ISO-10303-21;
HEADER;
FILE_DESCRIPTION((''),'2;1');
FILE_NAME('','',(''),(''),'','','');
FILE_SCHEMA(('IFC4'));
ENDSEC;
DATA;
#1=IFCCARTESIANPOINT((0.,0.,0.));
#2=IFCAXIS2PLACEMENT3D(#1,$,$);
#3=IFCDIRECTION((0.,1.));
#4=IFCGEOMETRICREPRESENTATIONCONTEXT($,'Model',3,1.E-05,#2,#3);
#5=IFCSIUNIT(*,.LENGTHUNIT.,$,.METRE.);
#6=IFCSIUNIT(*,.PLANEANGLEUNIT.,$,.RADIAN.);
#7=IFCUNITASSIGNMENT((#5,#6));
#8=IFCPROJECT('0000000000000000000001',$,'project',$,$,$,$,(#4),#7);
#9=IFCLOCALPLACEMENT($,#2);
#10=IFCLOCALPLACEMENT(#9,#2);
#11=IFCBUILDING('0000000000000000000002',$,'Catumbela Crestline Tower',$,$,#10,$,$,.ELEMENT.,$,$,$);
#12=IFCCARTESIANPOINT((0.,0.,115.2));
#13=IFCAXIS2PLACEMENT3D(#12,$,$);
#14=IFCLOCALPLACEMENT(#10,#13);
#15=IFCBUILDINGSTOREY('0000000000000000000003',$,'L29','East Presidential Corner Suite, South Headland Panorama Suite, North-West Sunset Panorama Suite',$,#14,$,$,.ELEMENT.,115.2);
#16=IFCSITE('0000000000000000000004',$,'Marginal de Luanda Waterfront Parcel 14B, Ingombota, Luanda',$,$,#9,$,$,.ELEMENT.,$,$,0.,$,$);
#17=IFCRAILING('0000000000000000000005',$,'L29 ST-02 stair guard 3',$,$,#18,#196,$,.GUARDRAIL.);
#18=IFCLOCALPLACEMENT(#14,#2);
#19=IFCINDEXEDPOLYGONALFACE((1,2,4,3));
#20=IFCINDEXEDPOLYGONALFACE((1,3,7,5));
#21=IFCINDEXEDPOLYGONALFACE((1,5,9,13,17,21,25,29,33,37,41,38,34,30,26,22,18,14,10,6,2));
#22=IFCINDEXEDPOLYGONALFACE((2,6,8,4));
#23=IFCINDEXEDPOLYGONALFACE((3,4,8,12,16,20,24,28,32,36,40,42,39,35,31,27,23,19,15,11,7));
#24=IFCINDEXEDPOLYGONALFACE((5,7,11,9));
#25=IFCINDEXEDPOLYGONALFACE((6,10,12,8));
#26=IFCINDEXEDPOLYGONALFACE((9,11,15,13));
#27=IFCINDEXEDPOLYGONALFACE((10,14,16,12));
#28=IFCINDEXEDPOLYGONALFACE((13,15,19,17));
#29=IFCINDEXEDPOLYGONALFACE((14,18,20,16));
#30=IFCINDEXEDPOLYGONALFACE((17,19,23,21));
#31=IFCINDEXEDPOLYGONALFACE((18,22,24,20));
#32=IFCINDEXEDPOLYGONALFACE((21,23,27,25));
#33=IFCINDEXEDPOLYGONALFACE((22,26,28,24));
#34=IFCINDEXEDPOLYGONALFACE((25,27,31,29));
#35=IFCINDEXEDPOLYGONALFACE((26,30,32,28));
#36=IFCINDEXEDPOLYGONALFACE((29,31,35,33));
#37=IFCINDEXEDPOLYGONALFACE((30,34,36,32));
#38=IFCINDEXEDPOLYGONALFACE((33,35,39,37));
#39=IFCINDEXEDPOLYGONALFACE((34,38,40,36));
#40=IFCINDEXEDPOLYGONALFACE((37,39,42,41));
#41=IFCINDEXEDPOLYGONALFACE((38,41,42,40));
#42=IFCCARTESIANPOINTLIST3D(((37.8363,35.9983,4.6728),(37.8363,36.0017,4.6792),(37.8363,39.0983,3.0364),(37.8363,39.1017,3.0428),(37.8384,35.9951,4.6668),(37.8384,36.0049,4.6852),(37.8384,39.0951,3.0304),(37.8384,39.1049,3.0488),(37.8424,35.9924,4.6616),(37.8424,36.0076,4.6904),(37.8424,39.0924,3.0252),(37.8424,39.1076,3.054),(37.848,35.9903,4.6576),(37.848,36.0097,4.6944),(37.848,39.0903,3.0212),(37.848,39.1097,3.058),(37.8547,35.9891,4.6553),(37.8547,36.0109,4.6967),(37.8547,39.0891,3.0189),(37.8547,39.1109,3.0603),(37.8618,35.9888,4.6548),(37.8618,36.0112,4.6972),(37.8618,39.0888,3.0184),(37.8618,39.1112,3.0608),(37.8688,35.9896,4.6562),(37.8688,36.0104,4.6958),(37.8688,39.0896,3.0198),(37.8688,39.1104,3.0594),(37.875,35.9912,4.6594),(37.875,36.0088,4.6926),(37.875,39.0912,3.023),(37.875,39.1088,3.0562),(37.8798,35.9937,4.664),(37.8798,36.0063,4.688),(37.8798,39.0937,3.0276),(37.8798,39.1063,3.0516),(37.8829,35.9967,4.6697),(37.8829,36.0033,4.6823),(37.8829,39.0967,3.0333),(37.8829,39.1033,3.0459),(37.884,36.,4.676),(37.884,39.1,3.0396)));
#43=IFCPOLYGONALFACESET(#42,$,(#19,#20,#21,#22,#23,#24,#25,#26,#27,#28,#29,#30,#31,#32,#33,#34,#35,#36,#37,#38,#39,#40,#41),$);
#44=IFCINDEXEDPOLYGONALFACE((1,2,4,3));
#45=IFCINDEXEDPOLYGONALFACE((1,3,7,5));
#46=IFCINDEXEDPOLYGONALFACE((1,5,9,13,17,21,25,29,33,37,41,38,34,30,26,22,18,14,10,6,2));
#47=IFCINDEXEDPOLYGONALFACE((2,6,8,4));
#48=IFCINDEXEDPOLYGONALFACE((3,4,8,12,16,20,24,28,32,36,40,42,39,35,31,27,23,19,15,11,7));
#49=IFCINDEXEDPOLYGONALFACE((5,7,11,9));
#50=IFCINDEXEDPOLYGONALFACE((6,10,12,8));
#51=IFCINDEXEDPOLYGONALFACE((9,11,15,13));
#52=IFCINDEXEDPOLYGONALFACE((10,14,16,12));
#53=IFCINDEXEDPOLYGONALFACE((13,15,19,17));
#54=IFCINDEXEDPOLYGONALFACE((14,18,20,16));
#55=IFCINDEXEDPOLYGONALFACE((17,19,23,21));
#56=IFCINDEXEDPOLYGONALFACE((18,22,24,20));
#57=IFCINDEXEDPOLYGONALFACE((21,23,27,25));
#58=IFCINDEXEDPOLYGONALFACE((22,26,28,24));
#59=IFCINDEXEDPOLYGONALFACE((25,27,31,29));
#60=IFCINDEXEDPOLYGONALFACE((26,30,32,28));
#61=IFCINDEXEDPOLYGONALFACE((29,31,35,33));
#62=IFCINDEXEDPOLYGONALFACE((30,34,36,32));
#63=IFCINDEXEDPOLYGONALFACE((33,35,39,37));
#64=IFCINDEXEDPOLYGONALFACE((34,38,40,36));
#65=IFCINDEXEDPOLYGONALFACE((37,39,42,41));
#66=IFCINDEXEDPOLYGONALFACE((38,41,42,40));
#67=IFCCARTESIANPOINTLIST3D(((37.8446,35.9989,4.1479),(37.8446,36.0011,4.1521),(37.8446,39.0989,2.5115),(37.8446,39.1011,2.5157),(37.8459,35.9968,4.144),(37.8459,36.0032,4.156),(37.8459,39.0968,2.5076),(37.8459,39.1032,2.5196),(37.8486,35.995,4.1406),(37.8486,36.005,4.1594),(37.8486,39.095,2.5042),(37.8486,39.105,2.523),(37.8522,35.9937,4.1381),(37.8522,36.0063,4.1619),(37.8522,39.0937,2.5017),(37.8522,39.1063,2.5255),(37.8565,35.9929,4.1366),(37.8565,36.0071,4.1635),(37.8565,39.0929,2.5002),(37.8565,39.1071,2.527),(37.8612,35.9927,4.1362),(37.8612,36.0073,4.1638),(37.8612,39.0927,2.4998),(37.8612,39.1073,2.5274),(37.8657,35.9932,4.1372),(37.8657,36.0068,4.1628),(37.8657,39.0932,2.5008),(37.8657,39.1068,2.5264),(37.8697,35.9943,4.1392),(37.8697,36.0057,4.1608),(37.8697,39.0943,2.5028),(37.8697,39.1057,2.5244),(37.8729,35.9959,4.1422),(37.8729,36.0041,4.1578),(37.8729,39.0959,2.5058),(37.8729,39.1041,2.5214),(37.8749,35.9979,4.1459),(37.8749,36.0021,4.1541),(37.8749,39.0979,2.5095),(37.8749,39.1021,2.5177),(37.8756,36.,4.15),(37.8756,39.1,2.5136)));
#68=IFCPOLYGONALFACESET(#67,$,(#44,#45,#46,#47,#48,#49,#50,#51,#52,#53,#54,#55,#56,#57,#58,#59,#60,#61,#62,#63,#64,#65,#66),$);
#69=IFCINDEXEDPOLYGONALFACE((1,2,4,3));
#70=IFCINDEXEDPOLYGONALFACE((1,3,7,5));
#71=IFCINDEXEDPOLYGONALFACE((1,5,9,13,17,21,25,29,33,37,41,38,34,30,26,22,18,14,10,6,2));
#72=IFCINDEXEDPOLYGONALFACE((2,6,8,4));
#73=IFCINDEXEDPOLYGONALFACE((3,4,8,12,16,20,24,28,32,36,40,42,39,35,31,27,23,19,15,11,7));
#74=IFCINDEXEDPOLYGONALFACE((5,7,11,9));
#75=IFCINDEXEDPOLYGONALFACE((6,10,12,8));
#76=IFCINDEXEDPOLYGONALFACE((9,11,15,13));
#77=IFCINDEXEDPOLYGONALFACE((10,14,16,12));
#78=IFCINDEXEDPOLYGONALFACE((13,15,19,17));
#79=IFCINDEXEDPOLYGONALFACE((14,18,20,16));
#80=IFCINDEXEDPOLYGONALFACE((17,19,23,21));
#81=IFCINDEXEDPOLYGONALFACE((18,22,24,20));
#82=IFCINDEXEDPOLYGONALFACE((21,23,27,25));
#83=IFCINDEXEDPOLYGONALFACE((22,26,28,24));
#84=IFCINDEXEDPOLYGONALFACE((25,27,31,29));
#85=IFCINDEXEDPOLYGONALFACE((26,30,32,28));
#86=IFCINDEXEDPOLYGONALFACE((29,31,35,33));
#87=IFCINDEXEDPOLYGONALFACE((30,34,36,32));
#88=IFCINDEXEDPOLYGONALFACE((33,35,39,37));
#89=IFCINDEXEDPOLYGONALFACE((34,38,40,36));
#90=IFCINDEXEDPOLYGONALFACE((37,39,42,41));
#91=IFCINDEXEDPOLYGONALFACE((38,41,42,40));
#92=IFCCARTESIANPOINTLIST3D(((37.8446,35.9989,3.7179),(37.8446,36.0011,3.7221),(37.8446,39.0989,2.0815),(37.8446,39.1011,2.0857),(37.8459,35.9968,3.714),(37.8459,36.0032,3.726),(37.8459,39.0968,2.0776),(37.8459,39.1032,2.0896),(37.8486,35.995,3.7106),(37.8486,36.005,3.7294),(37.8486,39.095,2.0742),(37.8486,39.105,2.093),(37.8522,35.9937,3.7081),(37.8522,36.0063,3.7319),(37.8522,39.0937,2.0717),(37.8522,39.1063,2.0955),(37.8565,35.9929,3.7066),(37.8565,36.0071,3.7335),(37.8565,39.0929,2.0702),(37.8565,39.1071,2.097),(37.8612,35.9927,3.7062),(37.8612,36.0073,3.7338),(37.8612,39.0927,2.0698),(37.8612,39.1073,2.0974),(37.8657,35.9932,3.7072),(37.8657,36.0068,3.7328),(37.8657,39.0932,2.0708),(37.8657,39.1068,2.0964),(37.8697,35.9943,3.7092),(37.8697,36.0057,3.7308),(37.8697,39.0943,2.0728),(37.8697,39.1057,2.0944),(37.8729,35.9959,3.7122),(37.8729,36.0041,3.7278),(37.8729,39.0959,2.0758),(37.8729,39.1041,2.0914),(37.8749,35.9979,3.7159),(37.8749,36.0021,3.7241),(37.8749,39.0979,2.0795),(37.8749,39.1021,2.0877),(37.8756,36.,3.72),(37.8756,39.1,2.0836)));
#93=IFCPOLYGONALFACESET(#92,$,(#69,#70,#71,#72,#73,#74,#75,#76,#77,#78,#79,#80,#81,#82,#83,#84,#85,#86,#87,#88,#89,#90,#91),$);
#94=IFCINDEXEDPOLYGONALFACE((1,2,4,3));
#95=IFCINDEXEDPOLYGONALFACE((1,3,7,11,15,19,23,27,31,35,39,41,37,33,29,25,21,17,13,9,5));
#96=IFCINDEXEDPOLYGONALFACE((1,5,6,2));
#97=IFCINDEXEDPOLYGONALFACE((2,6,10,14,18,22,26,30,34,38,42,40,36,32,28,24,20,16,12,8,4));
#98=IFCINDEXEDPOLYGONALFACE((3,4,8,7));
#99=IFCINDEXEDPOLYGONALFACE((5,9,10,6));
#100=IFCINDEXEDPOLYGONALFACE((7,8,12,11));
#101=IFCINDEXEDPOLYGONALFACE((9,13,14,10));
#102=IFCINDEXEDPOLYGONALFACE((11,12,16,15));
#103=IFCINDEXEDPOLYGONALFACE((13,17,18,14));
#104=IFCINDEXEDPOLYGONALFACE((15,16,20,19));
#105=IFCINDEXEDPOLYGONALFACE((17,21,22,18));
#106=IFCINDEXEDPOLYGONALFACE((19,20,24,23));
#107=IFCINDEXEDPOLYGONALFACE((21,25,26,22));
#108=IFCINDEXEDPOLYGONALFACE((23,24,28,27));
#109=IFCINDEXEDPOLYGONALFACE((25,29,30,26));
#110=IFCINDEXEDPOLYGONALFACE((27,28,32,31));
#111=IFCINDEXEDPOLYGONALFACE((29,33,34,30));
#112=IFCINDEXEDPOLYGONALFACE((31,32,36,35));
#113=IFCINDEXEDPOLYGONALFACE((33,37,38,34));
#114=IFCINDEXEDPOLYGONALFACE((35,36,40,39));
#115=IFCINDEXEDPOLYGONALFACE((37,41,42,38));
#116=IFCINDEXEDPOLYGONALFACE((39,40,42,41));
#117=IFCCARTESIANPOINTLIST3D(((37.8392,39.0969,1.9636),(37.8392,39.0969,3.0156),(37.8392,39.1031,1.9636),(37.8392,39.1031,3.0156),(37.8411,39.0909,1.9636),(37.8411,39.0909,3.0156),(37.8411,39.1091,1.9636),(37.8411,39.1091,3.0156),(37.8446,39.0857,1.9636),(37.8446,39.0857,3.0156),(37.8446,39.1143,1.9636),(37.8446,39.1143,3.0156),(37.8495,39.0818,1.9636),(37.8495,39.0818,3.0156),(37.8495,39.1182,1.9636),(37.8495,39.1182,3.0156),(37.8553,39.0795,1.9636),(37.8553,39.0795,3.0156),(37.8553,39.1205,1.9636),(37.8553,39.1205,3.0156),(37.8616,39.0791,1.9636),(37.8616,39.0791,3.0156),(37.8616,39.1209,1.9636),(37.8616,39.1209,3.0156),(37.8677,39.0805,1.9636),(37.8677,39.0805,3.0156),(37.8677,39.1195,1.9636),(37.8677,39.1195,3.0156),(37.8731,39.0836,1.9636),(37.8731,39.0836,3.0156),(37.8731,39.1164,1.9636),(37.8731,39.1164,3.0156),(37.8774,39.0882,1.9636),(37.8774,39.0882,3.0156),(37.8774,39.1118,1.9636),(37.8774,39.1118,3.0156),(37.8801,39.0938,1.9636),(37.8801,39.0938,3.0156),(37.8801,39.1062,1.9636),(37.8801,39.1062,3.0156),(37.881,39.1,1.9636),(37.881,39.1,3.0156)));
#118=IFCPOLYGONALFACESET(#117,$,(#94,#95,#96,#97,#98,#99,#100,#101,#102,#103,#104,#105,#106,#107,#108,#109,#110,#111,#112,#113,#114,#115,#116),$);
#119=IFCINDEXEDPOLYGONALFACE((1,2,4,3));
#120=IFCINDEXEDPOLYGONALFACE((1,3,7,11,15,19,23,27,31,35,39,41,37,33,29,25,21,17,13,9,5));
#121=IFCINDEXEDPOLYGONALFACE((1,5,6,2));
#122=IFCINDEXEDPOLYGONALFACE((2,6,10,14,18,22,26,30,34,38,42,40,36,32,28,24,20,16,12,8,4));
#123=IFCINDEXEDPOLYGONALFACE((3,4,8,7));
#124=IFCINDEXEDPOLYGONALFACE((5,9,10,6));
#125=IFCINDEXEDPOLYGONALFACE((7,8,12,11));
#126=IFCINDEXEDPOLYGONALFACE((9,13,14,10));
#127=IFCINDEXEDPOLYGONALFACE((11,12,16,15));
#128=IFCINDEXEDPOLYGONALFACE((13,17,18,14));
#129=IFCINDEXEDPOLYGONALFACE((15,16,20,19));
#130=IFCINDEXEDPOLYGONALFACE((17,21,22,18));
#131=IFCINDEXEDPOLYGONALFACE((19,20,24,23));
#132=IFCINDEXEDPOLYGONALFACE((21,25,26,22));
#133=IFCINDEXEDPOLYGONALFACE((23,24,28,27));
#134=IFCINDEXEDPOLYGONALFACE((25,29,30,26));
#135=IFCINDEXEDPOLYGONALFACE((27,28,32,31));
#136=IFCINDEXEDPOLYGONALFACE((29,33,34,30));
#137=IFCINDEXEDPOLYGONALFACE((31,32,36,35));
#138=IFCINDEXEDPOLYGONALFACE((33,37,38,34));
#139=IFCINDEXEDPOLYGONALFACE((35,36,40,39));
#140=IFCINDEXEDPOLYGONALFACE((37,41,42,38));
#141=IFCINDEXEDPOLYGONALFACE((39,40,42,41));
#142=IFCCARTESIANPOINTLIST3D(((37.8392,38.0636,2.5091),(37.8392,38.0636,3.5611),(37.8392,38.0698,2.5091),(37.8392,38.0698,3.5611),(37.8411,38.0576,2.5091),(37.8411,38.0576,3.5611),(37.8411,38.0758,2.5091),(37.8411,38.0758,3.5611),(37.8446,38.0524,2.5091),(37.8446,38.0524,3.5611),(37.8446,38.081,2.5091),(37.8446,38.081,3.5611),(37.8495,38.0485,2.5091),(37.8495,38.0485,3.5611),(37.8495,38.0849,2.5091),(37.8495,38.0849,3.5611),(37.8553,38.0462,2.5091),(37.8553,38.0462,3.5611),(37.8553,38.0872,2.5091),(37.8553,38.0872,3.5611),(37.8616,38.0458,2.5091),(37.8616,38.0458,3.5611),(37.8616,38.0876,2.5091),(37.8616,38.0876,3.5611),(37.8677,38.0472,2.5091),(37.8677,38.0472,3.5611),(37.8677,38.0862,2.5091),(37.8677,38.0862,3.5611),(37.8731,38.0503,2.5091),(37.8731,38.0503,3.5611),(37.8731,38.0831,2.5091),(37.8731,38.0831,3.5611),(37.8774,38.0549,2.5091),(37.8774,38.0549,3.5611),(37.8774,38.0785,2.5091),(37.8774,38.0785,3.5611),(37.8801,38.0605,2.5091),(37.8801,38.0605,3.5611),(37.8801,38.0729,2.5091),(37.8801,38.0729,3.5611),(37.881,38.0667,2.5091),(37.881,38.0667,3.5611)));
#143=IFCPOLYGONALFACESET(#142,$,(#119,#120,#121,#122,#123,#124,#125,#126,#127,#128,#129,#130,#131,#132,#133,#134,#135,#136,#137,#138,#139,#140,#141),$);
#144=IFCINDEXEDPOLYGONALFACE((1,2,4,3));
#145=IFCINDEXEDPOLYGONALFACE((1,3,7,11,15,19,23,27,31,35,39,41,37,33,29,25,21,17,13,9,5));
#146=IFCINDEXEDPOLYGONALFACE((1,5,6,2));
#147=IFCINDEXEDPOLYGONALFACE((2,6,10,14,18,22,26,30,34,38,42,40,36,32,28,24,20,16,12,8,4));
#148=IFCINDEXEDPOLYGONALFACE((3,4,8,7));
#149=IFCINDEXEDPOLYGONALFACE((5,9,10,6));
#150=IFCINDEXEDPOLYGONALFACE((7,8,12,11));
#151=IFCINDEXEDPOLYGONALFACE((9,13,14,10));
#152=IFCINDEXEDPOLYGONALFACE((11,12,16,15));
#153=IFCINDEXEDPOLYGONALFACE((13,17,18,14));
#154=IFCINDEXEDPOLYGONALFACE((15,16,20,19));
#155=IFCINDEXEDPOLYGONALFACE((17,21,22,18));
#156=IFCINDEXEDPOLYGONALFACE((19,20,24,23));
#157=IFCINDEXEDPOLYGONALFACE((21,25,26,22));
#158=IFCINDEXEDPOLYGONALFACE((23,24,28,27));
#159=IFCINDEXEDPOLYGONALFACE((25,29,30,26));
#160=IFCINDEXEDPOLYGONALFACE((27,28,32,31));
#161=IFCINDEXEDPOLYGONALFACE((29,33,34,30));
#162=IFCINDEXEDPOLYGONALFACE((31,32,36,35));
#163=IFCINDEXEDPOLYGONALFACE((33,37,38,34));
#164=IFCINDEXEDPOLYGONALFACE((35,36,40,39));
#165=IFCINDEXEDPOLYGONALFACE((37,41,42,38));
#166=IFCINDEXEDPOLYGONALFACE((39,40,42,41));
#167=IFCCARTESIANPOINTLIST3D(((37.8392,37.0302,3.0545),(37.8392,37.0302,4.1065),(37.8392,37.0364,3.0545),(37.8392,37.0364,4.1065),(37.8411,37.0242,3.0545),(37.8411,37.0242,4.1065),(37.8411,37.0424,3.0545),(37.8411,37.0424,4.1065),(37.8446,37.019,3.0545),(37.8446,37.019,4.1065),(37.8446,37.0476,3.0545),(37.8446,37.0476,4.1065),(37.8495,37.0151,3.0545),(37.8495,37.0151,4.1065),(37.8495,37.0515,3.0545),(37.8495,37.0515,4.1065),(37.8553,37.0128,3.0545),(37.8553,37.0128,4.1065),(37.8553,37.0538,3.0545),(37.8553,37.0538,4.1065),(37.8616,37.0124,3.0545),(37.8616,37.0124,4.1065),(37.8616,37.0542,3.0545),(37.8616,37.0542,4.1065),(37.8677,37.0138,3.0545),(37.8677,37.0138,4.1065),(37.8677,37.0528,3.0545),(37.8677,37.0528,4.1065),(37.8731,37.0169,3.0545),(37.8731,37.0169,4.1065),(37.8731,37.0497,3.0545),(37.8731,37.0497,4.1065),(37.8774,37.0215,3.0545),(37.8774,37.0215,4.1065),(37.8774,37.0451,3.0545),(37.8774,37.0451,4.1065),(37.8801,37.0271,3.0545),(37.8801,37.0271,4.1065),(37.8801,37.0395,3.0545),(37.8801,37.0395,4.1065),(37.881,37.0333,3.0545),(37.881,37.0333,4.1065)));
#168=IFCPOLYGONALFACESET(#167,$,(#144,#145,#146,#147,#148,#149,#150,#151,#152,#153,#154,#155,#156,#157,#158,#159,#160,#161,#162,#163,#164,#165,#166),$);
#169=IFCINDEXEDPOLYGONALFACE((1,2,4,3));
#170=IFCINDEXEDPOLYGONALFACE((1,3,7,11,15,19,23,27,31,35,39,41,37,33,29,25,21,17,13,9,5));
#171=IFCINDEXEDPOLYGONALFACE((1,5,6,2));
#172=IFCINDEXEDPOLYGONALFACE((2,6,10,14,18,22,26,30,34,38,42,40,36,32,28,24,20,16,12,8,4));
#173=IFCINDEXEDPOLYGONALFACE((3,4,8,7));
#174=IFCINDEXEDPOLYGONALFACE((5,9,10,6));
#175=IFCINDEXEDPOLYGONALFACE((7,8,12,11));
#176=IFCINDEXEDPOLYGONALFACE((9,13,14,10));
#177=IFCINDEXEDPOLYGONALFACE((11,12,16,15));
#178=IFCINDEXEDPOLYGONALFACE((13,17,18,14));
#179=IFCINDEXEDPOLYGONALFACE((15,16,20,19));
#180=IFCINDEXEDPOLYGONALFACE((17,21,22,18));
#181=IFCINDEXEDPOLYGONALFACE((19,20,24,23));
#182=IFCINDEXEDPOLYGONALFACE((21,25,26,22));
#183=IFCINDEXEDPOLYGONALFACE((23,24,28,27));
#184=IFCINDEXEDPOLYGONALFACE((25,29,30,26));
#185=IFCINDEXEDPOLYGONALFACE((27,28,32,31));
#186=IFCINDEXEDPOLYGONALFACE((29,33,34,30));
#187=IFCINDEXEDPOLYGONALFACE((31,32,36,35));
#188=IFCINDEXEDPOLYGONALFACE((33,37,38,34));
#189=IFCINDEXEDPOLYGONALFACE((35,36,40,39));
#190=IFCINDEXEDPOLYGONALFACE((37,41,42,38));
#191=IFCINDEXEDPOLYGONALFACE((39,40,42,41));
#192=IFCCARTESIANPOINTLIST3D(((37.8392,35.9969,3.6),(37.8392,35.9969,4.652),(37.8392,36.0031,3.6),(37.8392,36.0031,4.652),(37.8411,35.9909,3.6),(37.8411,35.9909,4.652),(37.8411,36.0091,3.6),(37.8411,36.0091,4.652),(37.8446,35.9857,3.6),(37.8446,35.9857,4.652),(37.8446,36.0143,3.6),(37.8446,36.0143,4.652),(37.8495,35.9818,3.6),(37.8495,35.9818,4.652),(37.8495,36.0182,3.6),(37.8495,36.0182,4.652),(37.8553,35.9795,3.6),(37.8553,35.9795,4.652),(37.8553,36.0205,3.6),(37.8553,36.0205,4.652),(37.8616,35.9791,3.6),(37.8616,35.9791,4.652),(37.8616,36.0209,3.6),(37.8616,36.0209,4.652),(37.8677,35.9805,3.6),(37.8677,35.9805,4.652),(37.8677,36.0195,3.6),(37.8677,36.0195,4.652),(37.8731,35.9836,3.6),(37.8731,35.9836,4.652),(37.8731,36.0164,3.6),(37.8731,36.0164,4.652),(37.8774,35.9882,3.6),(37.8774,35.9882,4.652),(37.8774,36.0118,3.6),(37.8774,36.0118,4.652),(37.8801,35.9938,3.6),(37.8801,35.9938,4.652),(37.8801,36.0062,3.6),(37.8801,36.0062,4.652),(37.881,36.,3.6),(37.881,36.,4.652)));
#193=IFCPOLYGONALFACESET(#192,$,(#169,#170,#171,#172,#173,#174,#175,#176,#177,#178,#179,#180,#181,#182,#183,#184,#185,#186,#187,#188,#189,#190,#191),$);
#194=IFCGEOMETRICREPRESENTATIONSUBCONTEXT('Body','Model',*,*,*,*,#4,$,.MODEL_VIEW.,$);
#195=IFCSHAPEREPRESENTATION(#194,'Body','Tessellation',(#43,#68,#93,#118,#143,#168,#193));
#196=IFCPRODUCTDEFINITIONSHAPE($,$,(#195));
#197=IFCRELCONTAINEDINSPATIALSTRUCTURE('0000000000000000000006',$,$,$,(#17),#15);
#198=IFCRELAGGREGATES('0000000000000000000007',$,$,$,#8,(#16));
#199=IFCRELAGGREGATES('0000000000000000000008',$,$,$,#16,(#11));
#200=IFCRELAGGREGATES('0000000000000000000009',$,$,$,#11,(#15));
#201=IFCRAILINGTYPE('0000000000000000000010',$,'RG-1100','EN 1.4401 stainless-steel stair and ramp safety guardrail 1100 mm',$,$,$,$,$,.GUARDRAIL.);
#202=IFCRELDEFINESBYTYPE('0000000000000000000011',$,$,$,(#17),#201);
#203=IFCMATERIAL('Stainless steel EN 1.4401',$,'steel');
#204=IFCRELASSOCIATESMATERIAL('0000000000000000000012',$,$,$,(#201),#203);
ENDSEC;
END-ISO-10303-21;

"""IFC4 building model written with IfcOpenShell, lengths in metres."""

from ifc_helpers import new_model, si_unit, direction, frame, origin, origin_2d, place, context, subcontext, project, spatial, circle, extrude, material, type_object, element, save


model = new_model("IFC4")

# Units and contexts
model_context = context("Model", 3, precision=1e-05, world=origin(), true_north=direction((0.0, 1.0)))
body_context = subcontext(model_context, "Body", "Model", "MODEL_VIEW")
ifc_project = project(units=[si_unit("LENGTHUNIT", "METRE"), si_unit("PLANEANGLEUNIT", "RADIAN")], contexts=[model_context])

# Site, building, storey
site_placement = place(None, origin())
site = spatial("IfcSite", under=ifc_project, at=site_placement, Name="Marginal de Luanda Waterfront Parcel 14B, Ingombota, Luanda", CompositionType="ELEMENT", RefElevation=0.0)
building_placement = place(site_placement, origin())
building = spatial("IfcBuilding", under=site, at=building_placement, Name="Catumbela Crestline Tower", CompositionType="ELEMENT")
storey_placement = place(building_placement, frame((0.0, 0.0, 115.2)))
storey = spatial("IfcBuildingStorey", under=building, at=storey_placement, Name="L29", Description="East Presidential Corner Suite, South Headland Panorama Suite, North-West Sunset Panorama Suite", CompositionType="ELEMENT", Elevation=115.2)

# Shared definitions
ifc_material_1 = material(Name="Stainless steel EN 1.4401", Category="steel")

# Railing
railing_type_1 = type_object("IfcRailingType", Name="RG-1100", Description="EN 1.4401 stainless-steel stair and ramp safety guardrail 1100 mm", PredefinedType="GUARDRAIL", material=ifc_material_1)
railing_1_placement = place(storey_placement, frame((37.86, 39.1, 1.9636)))
element("IfcRailing", 1, at=railing_1_placement, inside=storey, type_object=railing_type_1, Name="L29 ST-02 stair guard 3", PredefinedType="GUARDRAIL", context=body_context, shape_type="SweptSolid", body=[
    extrude(circle(Radius=0.024, at=origin_2d()), frame((0.0, 0.0, 1.076), z_axis=(0.0, -0.884351, 0.466823), x_axis=(1.0, 0.0, 0.0)), (0.0, 0.0, 1.0), 3.5054),
    extrude(circle(Radius=0.0156, at=origin_2d()), frame((0.0, 0.0, 0.55), z_axis=(0.0, -0.884351, 0.466823), x_axis=(1.0, 0.0, 0.0)), (0.0, 0.0, 1.0), 3.5054),
    extrude(circle(Radius=0.0156, at=origin_2d()), frame((0.0, 0.0, 0.12), z_axis=(0.0, -0.884351, 0.466823), x_axis=(1.0, 0.0, 0.0)), (0.0, 0.0, 1.0), 3.5054),
    extrude(circle(Radius=0.021, at=origin_2d()), origin(), (0.0, 0.0, 1.0), 1.052),
    extrude(circle(Radius=0.021, at=origin_2d()), frame((0.0, -1.0333, 0.5455)), (0.0, 0.0, 1.0), 1.052),
    extrude(circle(Radius=0.021, at=origin_2d()), frame((0.0, -2.0667, 1.0909)), (0.0, 0.0, 1.0), 1.052),
    extrude(circle(Radius=0.021, at=origin_2d()), frame((0.0, -3.1, 1.6364)), (0.0, 0.0, 1.0), 1.052),
])

save(model, "model.ifc")
